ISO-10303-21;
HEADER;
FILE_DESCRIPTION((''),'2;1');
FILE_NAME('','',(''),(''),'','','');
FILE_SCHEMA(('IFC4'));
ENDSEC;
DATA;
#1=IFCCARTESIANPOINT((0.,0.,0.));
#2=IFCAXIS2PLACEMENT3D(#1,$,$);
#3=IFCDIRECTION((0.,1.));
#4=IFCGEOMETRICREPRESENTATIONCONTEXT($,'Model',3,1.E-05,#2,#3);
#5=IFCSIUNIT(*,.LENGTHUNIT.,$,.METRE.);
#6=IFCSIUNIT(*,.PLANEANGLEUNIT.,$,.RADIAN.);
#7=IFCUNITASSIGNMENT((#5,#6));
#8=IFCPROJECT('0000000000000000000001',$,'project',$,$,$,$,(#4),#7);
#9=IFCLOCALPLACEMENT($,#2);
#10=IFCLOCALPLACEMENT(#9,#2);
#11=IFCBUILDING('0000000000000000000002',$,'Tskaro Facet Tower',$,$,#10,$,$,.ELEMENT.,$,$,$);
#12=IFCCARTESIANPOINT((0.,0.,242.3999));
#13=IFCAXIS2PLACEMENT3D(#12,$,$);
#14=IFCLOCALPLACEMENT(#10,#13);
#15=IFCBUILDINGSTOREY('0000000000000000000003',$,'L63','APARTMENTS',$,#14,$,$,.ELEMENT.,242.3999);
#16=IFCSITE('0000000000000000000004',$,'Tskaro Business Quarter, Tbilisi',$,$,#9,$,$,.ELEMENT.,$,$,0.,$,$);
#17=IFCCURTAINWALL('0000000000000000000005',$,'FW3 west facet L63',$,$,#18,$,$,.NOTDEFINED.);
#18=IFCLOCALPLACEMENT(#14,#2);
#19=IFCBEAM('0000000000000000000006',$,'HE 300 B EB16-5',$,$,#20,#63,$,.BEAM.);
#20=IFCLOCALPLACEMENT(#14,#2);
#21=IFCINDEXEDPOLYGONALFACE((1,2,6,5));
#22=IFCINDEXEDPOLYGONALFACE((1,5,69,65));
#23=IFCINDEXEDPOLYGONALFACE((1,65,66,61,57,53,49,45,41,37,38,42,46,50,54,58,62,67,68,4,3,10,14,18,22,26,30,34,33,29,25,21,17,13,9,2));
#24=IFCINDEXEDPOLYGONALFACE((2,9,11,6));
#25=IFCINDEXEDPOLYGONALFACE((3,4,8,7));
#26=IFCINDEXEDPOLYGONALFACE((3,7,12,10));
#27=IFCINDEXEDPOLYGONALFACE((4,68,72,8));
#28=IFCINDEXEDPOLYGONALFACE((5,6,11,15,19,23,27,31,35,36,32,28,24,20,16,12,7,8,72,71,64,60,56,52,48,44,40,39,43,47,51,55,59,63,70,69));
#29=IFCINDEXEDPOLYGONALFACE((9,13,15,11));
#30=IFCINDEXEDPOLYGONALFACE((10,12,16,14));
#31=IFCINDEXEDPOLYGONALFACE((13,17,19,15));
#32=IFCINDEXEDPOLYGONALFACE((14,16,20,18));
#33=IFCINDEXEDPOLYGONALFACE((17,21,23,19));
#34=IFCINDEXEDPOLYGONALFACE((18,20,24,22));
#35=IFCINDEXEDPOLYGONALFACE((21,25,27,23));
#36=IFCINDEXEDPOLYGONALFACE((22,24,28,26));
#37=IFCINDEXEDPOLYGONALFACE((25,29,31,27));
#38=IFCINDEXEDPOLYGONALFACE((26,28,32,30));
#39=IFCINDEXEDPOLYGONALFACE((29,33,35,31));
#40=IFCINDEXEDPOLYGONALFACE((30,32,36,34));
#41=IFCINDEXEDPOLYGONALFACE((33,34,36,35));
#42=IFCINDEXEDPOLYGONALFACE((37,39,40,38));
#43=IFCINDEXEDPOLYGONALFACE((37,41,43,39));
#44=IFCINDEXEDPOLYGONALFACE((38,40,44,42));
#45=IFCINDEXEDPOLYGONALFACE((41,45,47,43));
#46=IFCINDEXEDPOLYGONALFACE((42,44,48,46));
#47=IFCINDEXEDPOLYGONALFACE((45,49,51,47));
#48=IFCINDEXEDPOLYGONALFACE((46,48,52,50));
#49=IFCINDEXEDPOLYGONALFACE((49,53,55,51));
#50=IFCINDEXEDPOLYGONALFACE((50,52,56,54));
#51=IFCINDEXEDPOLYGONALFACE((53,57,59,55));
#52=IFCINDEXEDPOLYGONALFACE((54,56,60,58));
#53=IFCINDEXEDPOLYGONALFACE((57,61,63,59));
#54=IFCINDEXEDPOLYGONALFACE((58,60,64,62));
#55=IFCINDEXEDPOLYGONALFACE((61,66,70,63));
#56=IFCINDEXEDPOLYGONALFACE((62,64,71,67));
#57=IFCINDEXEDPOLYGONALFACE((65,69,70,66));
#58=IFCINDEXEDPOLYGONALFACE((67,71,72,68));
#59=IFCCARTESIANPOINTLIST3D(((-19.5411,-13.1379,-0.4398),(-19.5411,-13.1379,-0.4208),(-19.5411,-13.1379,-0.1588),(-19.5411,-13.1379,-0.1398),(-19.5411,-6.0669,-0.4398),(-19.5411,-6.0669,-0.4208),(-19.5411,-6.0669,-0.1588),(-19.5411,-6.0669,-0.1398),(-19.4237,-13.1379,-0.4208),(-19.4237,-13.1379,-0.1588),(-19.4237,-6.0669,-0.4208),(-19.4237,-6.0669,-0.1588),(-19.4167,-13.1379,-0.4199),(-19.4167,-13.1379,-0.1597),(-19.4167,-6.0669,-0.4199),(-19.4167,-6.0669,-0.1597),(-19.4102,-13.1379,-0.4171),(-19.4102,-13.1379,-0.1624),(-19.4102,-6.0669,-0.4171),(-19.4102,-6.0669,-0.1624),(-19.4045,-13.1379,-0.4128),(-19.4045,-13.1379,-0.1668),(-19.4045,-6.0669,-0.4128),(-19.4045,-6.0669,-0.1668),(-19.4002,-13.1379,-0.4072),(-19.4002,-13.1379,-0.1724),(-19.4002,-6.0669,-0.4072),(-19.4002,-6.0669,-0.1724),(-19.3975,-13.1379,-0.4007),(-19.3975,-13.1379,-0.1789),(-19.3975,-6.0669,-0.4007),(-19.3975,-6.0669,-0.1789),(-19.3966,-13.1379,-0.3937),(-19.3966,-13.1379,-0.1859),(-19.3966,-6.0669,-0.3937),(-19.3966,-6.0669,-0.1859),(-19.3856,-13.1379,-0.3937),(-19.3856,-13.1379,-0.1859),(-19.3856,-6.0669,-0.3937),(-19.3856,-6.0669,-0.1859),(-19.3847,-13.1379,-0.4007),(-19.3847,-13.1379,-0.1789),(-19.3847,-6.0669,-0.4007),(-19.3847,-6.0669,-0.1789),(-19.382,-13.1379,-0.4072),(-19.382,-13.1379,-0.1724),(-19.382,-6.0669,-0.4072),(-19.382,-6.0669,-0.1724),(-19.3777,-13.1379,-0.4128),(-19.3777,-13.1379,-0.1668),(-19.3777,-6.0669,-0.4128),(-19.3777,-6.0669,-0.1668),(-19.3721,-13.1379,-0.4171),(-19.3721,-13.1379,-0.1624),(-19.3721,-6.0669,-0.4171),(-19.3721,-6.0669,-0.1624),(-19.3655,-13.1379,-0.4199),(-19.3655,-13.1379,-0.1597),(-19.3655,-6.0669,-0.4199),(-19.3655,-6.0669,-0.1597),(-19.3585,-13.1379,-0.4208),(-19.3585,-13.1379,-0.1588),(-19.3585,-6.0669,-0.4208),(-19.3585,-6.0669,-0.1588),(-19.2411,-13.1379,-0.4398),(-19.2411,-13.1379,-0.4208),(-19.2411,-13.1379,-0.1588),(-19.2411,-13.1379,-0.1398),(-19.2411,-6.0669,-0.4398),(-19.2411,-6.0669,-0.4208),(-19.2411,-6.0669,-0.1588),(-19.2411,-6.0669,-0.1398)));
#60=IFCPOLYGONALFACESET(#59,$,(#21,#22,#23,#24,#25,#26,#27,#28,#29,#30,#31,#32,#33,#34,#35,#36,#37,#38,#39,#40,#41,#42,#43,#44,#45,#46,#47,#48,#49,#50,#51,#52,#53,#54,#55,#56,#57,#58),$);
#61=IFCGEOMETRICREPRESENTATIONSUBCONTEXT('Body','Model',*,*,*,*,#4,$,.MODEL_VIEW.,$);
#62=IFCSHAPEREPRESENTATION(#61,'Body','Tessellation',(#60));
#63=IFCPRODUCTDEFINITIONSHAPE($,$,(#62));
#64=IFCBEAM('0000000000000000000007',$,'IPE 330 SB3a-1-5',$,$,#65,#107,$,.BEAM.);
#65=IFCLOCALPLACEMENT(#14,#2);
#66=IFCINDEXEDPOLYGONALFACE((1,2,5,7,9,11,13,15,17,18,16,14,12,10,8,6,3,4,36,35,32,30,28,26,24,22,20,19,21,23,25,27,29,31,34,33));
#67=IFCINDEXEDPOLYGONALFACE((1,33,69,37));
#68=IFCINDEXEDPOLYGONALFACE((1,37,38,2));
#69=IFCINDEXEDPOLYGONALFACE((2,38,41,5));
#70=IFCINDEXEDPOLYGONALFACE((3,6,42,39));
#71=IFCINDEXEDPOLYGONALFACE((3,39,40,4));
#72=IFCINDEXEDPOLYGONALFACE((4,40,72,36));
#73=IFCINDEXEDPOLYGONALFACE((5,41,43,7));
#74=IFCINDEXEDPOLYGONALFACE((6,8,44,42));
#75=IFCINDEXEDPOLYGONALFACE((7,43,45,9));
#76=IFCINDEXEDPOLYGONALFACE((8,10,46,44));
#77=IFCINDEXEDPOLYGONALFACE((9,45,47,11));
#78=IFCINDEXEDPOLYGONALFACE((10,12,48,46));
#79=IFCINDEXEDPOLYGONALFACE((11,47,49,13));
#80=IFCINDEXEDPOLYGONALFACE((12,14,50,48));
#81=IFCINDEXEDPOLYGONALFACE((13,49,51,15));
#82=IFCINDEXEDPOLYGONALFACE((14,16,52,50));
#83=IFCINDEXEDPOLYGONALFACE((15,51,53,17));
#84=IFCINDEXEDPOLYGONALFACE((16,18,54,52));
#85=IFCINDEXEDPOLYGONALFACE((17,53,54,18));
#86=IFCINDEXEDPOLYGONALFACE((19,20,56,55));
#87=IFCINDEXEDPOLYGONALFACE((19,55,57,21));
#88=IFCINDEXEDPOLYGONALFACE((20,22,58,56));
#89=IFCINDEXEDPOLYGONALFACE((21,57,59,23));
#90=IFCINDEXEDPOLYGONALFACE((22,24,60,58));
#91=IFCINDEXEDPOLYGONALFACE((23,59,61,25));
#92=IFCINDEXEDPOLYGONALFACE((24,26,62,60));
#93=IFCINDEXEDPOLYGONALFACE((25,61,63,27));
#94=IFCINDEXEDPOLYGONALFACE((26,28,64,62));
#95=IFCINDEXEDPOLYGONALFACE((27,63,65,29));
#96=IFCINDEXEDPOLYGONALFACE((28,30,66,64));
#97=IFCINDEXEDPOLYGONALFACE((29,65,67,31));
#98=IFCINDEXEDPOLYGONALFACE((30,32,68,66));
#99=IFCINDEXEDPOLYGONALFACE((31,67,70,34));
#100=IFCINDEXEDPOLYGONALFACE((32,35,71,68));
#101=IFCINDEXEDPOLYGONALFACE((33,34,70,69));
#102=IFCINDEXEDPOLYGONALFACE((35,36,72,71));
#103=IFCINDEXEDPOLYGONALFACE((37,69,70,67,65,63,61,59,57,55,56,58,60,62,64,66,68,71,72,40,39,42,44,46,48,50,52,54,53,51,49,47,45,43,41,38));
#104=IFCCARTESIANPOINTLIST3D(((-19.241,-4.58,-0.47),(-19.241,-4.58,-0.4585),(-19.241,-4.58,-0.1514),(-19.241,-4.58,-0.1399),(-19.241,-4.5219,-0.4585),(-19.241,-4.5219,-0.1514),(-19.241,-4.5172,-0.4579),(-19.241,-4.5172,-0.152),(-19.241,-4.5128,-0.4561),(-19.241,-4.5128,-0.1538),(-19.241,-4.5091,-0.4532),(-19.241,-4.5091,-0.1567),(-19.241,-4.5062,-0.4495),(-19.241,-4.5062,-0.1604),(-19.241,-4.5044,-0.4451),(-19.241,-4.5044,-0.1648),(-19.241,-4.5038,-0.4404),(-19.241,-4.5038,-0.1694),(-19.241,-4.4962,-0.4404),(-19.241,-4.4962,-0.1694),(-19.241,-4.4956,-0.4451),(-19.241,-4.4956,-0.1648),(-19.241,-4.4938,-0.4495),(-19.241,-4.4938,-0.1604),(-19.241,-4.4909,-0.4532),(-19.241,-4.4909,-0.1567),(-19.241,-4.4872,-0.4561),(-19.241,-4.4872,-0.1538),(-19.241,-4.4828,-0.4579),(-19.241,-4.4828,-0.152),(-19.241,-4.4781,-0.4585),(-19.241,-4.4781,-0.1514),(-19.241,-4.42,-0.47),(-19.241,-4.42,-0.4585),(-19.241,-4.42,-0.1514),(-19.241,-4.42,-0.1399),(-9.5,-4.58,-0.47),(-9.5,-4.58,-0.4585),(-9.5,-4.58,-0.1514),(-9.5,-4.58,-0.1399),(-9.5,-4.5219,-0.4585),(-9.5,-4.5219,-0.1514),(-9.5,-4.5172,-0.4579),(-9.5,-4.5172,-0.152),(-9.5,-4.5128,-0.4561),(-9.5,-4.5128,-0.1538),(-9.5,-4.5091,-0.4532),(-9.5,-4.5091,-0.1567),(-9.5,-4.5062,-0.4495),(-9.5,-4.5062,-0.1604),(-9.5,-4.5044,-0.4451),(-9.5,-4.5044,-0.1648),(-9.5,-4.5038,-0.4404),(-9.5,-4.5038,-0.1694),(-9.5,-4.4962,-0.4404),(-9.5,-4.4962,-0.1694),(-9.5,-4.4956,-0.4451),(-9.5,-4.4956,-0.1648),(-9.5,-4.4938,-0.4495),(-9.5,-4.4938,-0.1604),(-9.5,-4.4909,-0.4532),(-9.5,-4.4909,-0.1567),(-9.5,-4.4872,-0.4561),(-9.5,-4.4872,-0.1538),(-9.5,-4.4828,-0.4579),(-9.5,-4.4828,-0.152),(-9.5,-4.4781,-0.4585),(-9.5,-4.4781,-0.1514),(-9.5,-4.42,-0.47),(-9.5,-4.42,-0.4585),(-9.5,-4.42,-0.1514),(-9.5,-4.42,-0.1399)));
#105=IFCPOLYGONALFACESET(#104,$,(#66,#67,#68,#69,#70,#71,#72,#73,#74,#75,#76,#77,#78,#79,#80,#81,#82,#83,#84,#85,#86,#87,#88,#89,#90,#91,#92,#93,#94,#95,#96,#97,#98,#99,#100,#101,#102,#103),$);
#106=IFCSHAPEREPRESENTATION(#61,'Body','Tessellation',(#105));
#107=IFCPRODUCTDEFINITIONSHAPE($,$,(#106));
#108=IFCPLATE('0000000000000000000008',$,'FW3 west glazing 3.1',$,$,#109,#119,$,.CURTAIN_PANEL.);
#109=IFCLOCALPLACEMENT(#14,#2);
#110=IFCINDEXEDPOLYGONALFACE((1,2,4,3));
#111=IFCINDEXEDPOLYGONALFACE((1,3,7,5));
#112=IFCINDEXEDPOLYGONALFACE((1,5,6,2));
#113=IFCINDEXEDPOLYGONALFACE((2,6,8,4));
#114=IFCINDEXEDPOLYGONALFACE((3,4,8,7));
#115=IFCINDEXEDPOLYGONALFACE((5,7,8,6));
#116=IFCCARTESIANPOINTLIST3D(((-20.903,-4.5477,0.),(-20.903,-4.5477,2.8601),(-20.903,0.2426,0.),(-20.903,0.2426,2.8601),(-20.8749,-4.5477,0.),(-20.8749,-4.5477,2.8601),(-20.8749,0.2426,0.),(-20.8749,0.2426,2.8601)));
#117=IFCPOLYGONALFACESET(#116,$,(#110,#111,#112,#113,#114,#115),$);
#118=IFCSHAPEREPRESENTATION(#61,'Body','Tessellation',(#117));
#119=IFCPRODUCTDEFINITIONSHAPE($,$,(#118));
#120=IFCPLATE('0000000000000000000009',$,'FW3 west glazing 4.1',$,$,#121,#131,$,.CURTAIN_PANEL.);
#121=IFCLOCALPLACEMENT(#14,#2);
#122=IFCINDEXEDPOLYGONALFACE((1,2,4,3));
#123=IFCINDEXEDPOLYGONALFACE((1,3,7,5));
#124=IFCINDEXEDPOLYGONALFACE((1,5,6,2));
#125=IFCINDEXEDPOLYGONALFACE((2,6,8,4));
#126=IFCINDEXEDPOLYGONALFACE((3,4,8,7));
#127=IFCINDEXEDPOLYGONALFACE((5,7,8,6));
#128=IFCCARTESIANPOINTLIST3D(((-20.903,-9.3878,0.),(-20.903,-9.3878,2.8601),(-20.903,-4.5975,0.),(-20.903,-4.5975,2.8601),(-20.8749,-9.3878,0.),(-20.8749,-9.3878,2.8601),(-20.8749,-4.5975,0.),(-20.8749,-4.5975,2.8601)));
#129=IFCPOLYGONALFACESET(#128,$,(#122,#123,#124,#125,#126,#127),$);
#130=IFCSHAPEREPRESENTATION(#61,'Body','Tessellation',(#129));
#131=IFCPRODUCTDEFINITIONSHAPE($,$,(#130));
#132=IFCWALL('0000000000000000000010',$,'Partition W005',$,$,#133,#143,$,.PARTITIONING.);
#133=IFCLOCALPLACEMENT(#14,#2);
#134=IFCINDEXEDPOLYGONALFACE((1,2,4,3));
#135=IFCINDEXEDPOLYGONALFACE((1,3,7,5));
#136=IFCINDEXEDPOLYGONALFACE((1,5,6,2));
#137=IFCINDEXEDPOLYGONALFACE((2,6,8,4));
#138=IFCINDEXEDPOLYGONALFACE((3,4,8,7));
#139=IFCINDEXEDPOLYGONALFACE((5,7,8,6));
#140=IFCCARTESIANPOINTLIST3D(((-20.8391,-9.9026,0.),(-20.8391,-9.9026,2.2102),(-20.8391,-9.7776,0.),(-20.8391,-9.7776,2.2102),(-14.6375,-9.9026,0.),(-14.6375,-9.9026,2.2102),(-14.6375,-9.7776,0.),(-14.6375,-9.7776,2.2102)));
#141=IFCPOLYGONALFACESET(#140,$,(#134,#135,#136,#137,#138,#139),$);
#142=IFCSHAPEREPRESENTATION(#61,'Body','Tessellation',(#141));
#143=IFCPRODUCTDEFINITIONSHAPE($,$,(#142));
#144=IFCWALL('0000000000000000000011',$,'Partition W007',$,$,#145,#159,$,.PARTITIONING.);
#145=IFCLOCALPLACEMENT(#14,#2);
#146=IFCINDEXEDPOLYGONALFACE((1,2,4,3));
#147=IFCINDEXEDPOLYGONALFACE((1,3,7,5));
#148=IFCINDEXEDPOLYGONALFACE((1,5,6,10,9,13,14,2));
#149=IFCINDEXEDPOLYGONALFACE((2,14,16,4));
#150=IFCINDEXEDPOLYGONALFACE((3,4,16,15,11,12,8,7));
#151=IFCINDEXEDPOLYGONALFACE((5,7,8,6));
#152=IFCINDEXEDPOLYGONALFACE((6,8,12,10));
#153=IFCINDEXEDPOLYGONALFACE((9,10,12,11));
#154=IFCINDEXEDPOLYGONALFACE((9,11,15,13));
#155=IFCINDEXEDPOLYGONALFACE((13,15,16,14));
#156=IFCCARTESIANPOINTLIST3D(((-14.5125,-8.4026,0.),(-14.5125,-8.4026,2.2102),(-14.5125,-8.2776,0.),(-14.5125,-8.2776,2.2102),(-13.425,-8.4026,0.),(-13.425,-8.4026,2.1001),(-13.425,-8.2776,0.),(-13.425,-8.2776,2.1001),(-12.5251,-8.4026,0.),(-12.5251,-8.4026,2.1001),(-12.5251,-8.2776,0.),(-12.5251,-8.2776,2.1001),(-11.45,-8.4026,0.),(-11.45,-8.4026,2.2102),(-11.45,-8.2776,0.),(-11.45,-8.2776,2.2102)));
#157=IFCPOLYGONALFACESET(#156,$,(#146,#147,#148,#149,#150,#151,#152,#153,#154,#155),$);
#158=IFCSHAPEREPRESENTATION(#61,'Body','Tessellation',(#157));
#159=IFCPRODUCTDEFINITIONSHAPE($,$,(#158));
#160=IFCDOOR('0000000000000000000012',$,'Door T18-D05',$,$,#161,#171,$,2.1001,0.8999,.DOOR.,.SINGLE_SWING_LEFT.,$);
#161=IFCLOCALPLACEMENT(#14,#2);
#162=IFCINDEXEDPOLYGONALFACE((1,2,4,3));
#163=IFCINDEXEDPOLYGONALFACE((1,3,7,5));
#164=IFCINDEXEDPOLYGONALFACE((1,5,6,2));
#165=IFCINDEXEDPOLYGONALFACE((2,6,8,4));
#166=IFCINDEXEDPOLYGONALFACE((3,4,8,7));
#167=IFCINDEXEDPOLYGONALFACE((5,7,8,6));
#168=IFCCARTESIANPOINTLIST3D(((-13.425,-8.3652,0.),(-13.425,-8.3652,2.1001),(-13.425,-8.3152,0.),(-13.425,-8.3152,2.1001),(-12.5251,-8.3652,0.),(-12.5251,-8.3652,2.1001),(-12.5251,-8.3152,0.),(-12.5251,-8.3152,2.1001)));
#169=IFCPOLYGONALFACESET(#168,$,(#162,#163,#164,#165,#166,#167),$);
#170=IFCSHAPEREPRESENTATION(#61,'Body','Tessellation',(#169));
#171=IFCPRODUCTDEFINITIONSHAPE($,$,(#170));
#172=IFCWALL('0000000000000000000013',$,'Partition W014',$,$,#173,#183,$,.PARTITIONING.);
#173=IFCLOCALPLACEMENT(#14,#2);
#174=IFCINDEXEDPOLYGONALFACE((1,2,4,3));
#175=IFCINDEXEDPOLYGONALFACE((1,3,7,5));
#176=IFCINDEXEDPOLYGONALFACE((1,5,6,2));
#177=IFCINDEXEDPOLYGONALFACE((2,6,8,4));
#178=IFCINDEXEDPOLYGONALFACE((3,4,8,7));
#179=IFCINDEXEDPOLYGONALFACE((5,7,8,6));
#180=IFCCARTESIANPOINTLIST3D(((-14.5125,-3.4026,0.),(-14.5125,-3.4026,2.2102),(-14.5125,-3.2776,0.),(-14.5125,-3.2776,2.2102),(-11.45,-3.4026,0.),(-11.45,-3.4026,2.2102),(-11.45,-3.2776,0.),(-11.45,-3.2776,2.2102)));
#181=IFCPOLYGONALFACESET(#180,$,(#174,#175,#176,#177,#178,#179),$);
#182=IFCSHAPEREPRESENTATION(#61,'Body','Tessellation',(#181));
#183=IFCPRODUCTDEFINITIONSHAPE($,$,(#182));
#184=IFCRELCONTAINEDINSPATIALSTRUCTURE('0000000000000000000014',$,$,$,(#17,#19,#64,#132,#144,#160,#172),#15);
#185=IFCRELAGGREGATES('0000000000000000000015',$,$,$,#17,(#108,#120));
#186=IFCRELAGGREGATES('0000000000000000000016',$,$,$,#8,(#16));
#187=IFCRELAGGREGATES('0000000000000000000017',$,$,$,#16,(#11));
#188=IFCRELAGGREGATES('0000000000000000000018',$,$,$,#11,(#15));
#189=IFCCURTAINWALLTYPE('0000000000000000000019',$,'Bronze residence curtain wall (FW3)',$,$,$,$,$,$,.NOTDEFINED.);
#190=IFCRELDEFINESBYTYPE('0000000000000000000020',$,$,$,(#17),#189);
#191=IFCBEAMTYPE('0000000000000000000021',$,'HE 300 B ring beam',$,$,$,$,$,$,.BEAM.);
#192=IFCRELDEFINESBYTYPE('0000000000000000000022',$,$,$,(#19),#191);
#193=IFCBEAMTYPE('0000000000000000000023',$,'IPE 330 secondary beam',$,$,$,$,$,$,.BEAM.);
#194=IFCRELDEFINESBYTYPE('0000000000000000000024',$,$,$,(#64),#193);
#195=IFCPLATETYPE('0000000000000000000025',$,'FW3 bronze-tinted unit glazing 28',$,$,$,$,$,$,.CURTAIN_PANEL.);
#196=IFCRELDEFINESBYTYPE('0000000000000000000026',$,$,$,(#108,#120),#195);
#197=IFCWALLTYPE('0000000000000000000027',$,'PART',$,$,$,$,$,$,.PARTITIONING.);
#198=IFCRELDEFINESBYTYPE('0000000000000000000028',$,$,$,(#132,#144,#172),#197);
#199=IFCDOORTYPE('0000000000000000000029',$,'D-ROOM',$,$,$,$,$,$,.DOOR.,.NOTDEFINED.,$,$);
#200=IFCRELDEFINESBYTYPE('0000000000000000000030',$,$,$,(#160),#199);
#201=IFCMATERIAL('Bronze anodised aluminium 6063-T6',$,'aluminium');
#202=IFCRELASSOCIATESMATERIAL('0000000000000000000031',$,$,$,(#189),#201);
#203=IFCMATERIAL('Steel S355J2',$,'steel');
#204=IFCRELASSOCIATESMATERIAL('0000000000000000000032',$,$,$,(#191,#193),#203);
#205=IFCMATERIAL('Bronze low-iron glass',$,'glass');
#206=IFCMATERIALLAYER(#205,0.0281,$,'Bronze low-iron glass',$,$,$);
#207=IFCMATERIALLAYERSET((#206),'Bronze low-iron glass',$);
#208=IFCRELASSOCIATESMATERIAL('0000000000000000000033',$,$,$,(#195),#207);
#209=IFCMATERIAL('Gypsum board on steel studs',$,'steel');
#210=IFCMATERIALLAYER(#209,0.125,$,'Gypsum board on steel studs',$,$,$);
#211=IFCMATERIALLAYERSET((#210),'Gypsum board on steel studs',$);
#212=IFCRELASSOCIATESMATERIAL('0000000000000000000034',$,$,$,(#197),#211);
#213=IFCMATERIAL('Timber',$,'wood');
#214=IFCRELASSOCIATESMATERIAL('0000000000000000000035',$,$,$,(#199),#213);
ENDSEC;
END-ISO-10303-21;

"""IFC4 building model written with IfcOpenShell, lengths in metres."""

from ifc_helpers import new_model, si_unit, direction, frame, frame_2d, origin, origin_2d, place, context, subcontext, project, spatial, rectangle, i_section, extrude, material, layer, layer_set, material_profile, profile_set, type_object, element, fill, aggregate, save


model = new_model("IFC4")

# Units and contexts
model_context = context("Model", 3, precision=1e-05, world=origin(), true_north=direction((0.0, 1.0)))
body_context = subcontext(model_context, "Body", "Model", "MODEL_VIEW")
ifc_project = project(units=[si_unit("LENGTHUNIT", "METRE"), si_unit("PLANEANGLEUNIT", "RADIAN")], contexts=[model_context])

# Site, building, storey
site_placement = place(None, origin())
site = spatial("IfcSite", under=ifc_project, at=site_placement, Name="Tskaro Business Quarter, Tbilisi", CompositionType="ELEMENT", RefElevation=0.0)
building_placement = place(site_placement, origin())
building = spatial("IfcBuilding", under=site, at=building_placement, Name="Tskaro Facet Tower", CompositionType="ELEMENT")
storey_placement = place(building_placement, frame((0.0, 0.0, 242.3999)))
storey = spatial("IfcBuildingStorey", under=building, at=storey_placement, Name="L63", Description="APARTMENTS", CompositionType="ELEMENT", Elevation=242.3999)

# Shared definitions
ifc_material_1 = material(Name="Steel S355J2", Category="steel")

# Curtain wall
ifc_material_2 = material(Name="Bronze anodised aluminium 6063-T6", Category="aluminium")
curtain_wall_type = type_object("IfcCurtainWallType", Name="Bronze residence curtain wall (FW3)", PredefinedType="NOTDEFINED", material=ifc_material_2)
curtain_wall_placement = place(storey_placement, origin())
curtain_wall = element("IfcCurtainWall", 1, at=curtain_wall_placement, inside=storey, type_object=curtain_wall_type, Name="FW3 west facet L63", PredefinedType="NOTDEFINED")

# Beams
ifc_material_profile_1 = material_profile(ifc_material_1, i_section(OverallWidth=0.3, OverallDepth=0.3, WebThickness=0.011, FlangeThickness=0.019, FilletRadius=0.0271, at=origin_2d()), Name="HE 300 B")
ifc_profile_set_1 = profile_set([ifc_material_profile_1], Name="Steel S355J2")
beam_type_1 = type_object("IfcBeamType", Name="HE 300 B ring beam", PredefinedType="BEAM", material=ifc_profile_set_1)
beam_1_placement = place(storey_placement, frame((-19.3911, -6.0669, -0.2898), z_axis=(0.0, -1.0, 0.0), x_axis=(1.0, 0.0, 0.0)))
element("IfcBeam", 2, at=beam_1_placement, inside=storey, type_object=beam_type_1, Name="HE 300 B EB16-5", PredefinedType="BEAM", context=body_context, shape_type="SweptSolid", body=[
    extrude(i_section(OverallWidth=0.3, OverallDepth=0.3, WebThickness=0.011, FlangeThickness=0.019, FilletRadius=0.0271, at=origin_2d()), origin(), (0.0, 0.0, 1.0), 7.071),
])
ifc_material_profile_2 = material_profile(ifc_material_1, i_section(OverallWidth=0.1599, OverallDepth=0.3301, WebThickness=0.0076, FlangeThickness=0.0115, FilletRadius=0.0181, at=origin_2d()), Name="IPE 330")
ifc_profile_set_2 = profile_set([ifc_material_profile_2], Name="Steel S355J2")
beam_type_2 = type_object("IfcBeamType", Name="IPE 330 secondary beam", PredefinedType="BEAM", material=ifc_profile_set_2)
beam_2_placement = place(storey_placement, frame((-19.241, -4.5, -0.3049), z_axis=(1.0, 0.0, 0.0), x_axis=(0.0, 1.0, 0.0)))
element("IfcBeam", 3, at=beam_2_placement, inside=storey, type_object=beam_type_2, Name="IPE 330 SB3a-1-5", PredefinedType="BEAM", context=body_context, shape_type="SweptSolid", body=[
    extrude(i_section(OverallWidth=0.1599, OverallDepth=0.3301, WebThickness=0.0076, FlangeThickness=0.0115, FilletRadius=0.0181, at=origin_2d()), origin(), (0.0, 0.0, 1.0), 9.741),
])

# Plates
ifc_material_3 = material(Name="Bronze low-iron glass", Category="glass")
ifc_layer_1 = layer(ifc_material_3, 0.0281, Name="Bronze low-iron glass")
ifc_layer_set_1 = layer_set([ifc_layer_1], Name="Bronze low-iron glass")
plate_type = type_object("IfcPlateType", Name="FW3 bronze-tinted unit glazing 28", PredefinedType="CURTAIN_PANEL", material=ifc_layer_set_1)
plate_1_placement = place(storey_placement, frame((-20.8889, -2.1526, 0.0), z_axis=(0.0, 0.0, 1.0), x_axis=(0.0, -1.0, 0.0)))
plate_1 = element("IfcPlate", 4, at=plate_1_placement, type_object=plate_type, Name="FW3 west glazing 3.1", PredefinedType="CURTAIN_PANEL", context=body_context, shape_type="SweptSolid", body=[
    extrude(rectangle(XDim=4.7903, YDim=0.0281, at=origin_2d()), origin(), (0.0, 0.0, 1.0), 2.8601),
])
plate_2_placement = place(storey_placement, frame((-20.8889, -6.9927, 0.0), z_axis=(0.0, 0.0, 1.0), x_axis=(0.0, -1.0, 0.0)))
plate_2 = element("IfcPlate", 5, at=plate_2_placement, type_object=plate_type, Name="FW3 west glazing 4.1", PredefinedType="CURTAIN_PANEL", context=body_context, shape_type="SweptSolid", body=[
    extrude(rectangle(XDim=4.7903, YDim=0.0281, at=origin_2d()), origin(), (0.0, 0.0, 1.0), 2.8601),
])
aggregate(curtain_wall, [plate_1, plate_2])

# Wall
ifc_material_4 = material(Name="Gypsum board on steel studs", Category="steel")
ifc_layer_2 = layer(ifc_material_4, 0.125, Name="Gypsum board on steel studs")
ifc_layer_set_2 = layer_set([ifc_layer_2], Name="Gypsum board on steel studs")
wall_type_1 = type_object("IfcWallType", Name="PART", PredefinedType="PARTITIONING", material=ifc_layer_set_2)
wall_1_placement = place(storey_placement, frame((-20.8391, -9.8401, 0.0), z_axis=(0.0, 0.0, 1.0), x_axis=(1.0, 0.0, 0.0)))
element("IfcWall", 6, at=wall_1_placement, inside=storey, type_object=wall_type_1, Name="Partition W005", PredefinedType="PARTITIONING", context=body_context, shape_type="SweptSolid", body=[
    extrude(rectangle(XDim=6.2017, YDim=0.125, at=frame_2d((3.1008, 0.0))), origin(), (0.0, 0.0, 1.0), 2.2102),
])

# Wall, opening, door
wall_2_placement = place(storey_placement, frame((-14.5125, -8.3401, 0.0), z_axis=(0.0, 0.0, 1.0), x_axis=(1.0, 0.0, 0.0)))
wall_2 = element("IfcWall", 7, at=wall_2_placement, inside=storey, type_object=wall_type_1, Name="Partition W007", PredefinedType="PARTITIONING", context=body_context, shape_type="SweptSolid", body=[
    extrude(rectangle(XDim=3.0625, YDim=0.125, at=frame_2d((1.5312, 0.0))), origin(), (0.0, 0.0, 1.0), 2.2102),
])
opening_placement = place(wall_2_placement, frame((1.0874, 0.0, 0.0)))
opening = element("IfcOpeningElement", 8, at=opening_placement, cuts=wall_2, PredefinedType="OPENING", context=body_context, shape_type="SweptSolid", body=[
    extrude(rectangle(XDim=0.8999, YDim=2.1001, at=frame_2d((0.45, 1.05))), frame((0.0, 0.0725, 0.0), z_axis=(0.0, -1.0, 0.0), x_axis=(1.0, 0.0, 0.0)), (0.0, 0.0, 1.0), 0.145),
])
ifc_material_5 = material(Name="Timber", Category="wood")
door_type = type_object("IfcDoorType", Name="D-ROOM", OperationType="NOTDEFINED", PredefinedType="DOOR", material=ifc_material_5)
door_placement = place(opening_placement, origin())
door = element("IfcDoor", 9, at=door_placement, inside=storey, type_object=door_type, Name="Door T18-D05", OperationType="SINGLE_SWING_LEFT", OverallHeight=2.1001, OverallWidth=0.8999, PredefinedType="DOOR", context=body_context, shape_type="SweptSolid", body=[
    extrude(rectangle(XDim=0.8999, YDim=2.1001, at=frame_2d((0.45, 1.05))), frame((0.0, 0.0249, 0.0), z_axis=(0.0, -1.0, 0.0), x_axis=(1.0, 0.0, 0.0)), (0.0, 0.0, 1.0), 0.05),
])
fill(opening, door)

# Wall
wall_3_placement = place(storey_placement, frame((-14.5125, -3.3401, 0.0), z_axis=(0.0, 0.0, 1.0), x_axis=(1.0, 0.0, 0.0)))
element("IfcWall", 10, at=wall_3_placement, inside=storey, type_object=wall_type_1, Name="Partition W014", PredefinedType="PARTITIONING", context=body_context, shape_type="SweptSolid", body=[
    extrude(rectangle(XDim=3.0625, YDim=0.125, at=frame_2d((1.5312, 0.0))), origin(), (0.0, 0.0, 1.0), 2.2102),
])

save(model, "model.ifc")
